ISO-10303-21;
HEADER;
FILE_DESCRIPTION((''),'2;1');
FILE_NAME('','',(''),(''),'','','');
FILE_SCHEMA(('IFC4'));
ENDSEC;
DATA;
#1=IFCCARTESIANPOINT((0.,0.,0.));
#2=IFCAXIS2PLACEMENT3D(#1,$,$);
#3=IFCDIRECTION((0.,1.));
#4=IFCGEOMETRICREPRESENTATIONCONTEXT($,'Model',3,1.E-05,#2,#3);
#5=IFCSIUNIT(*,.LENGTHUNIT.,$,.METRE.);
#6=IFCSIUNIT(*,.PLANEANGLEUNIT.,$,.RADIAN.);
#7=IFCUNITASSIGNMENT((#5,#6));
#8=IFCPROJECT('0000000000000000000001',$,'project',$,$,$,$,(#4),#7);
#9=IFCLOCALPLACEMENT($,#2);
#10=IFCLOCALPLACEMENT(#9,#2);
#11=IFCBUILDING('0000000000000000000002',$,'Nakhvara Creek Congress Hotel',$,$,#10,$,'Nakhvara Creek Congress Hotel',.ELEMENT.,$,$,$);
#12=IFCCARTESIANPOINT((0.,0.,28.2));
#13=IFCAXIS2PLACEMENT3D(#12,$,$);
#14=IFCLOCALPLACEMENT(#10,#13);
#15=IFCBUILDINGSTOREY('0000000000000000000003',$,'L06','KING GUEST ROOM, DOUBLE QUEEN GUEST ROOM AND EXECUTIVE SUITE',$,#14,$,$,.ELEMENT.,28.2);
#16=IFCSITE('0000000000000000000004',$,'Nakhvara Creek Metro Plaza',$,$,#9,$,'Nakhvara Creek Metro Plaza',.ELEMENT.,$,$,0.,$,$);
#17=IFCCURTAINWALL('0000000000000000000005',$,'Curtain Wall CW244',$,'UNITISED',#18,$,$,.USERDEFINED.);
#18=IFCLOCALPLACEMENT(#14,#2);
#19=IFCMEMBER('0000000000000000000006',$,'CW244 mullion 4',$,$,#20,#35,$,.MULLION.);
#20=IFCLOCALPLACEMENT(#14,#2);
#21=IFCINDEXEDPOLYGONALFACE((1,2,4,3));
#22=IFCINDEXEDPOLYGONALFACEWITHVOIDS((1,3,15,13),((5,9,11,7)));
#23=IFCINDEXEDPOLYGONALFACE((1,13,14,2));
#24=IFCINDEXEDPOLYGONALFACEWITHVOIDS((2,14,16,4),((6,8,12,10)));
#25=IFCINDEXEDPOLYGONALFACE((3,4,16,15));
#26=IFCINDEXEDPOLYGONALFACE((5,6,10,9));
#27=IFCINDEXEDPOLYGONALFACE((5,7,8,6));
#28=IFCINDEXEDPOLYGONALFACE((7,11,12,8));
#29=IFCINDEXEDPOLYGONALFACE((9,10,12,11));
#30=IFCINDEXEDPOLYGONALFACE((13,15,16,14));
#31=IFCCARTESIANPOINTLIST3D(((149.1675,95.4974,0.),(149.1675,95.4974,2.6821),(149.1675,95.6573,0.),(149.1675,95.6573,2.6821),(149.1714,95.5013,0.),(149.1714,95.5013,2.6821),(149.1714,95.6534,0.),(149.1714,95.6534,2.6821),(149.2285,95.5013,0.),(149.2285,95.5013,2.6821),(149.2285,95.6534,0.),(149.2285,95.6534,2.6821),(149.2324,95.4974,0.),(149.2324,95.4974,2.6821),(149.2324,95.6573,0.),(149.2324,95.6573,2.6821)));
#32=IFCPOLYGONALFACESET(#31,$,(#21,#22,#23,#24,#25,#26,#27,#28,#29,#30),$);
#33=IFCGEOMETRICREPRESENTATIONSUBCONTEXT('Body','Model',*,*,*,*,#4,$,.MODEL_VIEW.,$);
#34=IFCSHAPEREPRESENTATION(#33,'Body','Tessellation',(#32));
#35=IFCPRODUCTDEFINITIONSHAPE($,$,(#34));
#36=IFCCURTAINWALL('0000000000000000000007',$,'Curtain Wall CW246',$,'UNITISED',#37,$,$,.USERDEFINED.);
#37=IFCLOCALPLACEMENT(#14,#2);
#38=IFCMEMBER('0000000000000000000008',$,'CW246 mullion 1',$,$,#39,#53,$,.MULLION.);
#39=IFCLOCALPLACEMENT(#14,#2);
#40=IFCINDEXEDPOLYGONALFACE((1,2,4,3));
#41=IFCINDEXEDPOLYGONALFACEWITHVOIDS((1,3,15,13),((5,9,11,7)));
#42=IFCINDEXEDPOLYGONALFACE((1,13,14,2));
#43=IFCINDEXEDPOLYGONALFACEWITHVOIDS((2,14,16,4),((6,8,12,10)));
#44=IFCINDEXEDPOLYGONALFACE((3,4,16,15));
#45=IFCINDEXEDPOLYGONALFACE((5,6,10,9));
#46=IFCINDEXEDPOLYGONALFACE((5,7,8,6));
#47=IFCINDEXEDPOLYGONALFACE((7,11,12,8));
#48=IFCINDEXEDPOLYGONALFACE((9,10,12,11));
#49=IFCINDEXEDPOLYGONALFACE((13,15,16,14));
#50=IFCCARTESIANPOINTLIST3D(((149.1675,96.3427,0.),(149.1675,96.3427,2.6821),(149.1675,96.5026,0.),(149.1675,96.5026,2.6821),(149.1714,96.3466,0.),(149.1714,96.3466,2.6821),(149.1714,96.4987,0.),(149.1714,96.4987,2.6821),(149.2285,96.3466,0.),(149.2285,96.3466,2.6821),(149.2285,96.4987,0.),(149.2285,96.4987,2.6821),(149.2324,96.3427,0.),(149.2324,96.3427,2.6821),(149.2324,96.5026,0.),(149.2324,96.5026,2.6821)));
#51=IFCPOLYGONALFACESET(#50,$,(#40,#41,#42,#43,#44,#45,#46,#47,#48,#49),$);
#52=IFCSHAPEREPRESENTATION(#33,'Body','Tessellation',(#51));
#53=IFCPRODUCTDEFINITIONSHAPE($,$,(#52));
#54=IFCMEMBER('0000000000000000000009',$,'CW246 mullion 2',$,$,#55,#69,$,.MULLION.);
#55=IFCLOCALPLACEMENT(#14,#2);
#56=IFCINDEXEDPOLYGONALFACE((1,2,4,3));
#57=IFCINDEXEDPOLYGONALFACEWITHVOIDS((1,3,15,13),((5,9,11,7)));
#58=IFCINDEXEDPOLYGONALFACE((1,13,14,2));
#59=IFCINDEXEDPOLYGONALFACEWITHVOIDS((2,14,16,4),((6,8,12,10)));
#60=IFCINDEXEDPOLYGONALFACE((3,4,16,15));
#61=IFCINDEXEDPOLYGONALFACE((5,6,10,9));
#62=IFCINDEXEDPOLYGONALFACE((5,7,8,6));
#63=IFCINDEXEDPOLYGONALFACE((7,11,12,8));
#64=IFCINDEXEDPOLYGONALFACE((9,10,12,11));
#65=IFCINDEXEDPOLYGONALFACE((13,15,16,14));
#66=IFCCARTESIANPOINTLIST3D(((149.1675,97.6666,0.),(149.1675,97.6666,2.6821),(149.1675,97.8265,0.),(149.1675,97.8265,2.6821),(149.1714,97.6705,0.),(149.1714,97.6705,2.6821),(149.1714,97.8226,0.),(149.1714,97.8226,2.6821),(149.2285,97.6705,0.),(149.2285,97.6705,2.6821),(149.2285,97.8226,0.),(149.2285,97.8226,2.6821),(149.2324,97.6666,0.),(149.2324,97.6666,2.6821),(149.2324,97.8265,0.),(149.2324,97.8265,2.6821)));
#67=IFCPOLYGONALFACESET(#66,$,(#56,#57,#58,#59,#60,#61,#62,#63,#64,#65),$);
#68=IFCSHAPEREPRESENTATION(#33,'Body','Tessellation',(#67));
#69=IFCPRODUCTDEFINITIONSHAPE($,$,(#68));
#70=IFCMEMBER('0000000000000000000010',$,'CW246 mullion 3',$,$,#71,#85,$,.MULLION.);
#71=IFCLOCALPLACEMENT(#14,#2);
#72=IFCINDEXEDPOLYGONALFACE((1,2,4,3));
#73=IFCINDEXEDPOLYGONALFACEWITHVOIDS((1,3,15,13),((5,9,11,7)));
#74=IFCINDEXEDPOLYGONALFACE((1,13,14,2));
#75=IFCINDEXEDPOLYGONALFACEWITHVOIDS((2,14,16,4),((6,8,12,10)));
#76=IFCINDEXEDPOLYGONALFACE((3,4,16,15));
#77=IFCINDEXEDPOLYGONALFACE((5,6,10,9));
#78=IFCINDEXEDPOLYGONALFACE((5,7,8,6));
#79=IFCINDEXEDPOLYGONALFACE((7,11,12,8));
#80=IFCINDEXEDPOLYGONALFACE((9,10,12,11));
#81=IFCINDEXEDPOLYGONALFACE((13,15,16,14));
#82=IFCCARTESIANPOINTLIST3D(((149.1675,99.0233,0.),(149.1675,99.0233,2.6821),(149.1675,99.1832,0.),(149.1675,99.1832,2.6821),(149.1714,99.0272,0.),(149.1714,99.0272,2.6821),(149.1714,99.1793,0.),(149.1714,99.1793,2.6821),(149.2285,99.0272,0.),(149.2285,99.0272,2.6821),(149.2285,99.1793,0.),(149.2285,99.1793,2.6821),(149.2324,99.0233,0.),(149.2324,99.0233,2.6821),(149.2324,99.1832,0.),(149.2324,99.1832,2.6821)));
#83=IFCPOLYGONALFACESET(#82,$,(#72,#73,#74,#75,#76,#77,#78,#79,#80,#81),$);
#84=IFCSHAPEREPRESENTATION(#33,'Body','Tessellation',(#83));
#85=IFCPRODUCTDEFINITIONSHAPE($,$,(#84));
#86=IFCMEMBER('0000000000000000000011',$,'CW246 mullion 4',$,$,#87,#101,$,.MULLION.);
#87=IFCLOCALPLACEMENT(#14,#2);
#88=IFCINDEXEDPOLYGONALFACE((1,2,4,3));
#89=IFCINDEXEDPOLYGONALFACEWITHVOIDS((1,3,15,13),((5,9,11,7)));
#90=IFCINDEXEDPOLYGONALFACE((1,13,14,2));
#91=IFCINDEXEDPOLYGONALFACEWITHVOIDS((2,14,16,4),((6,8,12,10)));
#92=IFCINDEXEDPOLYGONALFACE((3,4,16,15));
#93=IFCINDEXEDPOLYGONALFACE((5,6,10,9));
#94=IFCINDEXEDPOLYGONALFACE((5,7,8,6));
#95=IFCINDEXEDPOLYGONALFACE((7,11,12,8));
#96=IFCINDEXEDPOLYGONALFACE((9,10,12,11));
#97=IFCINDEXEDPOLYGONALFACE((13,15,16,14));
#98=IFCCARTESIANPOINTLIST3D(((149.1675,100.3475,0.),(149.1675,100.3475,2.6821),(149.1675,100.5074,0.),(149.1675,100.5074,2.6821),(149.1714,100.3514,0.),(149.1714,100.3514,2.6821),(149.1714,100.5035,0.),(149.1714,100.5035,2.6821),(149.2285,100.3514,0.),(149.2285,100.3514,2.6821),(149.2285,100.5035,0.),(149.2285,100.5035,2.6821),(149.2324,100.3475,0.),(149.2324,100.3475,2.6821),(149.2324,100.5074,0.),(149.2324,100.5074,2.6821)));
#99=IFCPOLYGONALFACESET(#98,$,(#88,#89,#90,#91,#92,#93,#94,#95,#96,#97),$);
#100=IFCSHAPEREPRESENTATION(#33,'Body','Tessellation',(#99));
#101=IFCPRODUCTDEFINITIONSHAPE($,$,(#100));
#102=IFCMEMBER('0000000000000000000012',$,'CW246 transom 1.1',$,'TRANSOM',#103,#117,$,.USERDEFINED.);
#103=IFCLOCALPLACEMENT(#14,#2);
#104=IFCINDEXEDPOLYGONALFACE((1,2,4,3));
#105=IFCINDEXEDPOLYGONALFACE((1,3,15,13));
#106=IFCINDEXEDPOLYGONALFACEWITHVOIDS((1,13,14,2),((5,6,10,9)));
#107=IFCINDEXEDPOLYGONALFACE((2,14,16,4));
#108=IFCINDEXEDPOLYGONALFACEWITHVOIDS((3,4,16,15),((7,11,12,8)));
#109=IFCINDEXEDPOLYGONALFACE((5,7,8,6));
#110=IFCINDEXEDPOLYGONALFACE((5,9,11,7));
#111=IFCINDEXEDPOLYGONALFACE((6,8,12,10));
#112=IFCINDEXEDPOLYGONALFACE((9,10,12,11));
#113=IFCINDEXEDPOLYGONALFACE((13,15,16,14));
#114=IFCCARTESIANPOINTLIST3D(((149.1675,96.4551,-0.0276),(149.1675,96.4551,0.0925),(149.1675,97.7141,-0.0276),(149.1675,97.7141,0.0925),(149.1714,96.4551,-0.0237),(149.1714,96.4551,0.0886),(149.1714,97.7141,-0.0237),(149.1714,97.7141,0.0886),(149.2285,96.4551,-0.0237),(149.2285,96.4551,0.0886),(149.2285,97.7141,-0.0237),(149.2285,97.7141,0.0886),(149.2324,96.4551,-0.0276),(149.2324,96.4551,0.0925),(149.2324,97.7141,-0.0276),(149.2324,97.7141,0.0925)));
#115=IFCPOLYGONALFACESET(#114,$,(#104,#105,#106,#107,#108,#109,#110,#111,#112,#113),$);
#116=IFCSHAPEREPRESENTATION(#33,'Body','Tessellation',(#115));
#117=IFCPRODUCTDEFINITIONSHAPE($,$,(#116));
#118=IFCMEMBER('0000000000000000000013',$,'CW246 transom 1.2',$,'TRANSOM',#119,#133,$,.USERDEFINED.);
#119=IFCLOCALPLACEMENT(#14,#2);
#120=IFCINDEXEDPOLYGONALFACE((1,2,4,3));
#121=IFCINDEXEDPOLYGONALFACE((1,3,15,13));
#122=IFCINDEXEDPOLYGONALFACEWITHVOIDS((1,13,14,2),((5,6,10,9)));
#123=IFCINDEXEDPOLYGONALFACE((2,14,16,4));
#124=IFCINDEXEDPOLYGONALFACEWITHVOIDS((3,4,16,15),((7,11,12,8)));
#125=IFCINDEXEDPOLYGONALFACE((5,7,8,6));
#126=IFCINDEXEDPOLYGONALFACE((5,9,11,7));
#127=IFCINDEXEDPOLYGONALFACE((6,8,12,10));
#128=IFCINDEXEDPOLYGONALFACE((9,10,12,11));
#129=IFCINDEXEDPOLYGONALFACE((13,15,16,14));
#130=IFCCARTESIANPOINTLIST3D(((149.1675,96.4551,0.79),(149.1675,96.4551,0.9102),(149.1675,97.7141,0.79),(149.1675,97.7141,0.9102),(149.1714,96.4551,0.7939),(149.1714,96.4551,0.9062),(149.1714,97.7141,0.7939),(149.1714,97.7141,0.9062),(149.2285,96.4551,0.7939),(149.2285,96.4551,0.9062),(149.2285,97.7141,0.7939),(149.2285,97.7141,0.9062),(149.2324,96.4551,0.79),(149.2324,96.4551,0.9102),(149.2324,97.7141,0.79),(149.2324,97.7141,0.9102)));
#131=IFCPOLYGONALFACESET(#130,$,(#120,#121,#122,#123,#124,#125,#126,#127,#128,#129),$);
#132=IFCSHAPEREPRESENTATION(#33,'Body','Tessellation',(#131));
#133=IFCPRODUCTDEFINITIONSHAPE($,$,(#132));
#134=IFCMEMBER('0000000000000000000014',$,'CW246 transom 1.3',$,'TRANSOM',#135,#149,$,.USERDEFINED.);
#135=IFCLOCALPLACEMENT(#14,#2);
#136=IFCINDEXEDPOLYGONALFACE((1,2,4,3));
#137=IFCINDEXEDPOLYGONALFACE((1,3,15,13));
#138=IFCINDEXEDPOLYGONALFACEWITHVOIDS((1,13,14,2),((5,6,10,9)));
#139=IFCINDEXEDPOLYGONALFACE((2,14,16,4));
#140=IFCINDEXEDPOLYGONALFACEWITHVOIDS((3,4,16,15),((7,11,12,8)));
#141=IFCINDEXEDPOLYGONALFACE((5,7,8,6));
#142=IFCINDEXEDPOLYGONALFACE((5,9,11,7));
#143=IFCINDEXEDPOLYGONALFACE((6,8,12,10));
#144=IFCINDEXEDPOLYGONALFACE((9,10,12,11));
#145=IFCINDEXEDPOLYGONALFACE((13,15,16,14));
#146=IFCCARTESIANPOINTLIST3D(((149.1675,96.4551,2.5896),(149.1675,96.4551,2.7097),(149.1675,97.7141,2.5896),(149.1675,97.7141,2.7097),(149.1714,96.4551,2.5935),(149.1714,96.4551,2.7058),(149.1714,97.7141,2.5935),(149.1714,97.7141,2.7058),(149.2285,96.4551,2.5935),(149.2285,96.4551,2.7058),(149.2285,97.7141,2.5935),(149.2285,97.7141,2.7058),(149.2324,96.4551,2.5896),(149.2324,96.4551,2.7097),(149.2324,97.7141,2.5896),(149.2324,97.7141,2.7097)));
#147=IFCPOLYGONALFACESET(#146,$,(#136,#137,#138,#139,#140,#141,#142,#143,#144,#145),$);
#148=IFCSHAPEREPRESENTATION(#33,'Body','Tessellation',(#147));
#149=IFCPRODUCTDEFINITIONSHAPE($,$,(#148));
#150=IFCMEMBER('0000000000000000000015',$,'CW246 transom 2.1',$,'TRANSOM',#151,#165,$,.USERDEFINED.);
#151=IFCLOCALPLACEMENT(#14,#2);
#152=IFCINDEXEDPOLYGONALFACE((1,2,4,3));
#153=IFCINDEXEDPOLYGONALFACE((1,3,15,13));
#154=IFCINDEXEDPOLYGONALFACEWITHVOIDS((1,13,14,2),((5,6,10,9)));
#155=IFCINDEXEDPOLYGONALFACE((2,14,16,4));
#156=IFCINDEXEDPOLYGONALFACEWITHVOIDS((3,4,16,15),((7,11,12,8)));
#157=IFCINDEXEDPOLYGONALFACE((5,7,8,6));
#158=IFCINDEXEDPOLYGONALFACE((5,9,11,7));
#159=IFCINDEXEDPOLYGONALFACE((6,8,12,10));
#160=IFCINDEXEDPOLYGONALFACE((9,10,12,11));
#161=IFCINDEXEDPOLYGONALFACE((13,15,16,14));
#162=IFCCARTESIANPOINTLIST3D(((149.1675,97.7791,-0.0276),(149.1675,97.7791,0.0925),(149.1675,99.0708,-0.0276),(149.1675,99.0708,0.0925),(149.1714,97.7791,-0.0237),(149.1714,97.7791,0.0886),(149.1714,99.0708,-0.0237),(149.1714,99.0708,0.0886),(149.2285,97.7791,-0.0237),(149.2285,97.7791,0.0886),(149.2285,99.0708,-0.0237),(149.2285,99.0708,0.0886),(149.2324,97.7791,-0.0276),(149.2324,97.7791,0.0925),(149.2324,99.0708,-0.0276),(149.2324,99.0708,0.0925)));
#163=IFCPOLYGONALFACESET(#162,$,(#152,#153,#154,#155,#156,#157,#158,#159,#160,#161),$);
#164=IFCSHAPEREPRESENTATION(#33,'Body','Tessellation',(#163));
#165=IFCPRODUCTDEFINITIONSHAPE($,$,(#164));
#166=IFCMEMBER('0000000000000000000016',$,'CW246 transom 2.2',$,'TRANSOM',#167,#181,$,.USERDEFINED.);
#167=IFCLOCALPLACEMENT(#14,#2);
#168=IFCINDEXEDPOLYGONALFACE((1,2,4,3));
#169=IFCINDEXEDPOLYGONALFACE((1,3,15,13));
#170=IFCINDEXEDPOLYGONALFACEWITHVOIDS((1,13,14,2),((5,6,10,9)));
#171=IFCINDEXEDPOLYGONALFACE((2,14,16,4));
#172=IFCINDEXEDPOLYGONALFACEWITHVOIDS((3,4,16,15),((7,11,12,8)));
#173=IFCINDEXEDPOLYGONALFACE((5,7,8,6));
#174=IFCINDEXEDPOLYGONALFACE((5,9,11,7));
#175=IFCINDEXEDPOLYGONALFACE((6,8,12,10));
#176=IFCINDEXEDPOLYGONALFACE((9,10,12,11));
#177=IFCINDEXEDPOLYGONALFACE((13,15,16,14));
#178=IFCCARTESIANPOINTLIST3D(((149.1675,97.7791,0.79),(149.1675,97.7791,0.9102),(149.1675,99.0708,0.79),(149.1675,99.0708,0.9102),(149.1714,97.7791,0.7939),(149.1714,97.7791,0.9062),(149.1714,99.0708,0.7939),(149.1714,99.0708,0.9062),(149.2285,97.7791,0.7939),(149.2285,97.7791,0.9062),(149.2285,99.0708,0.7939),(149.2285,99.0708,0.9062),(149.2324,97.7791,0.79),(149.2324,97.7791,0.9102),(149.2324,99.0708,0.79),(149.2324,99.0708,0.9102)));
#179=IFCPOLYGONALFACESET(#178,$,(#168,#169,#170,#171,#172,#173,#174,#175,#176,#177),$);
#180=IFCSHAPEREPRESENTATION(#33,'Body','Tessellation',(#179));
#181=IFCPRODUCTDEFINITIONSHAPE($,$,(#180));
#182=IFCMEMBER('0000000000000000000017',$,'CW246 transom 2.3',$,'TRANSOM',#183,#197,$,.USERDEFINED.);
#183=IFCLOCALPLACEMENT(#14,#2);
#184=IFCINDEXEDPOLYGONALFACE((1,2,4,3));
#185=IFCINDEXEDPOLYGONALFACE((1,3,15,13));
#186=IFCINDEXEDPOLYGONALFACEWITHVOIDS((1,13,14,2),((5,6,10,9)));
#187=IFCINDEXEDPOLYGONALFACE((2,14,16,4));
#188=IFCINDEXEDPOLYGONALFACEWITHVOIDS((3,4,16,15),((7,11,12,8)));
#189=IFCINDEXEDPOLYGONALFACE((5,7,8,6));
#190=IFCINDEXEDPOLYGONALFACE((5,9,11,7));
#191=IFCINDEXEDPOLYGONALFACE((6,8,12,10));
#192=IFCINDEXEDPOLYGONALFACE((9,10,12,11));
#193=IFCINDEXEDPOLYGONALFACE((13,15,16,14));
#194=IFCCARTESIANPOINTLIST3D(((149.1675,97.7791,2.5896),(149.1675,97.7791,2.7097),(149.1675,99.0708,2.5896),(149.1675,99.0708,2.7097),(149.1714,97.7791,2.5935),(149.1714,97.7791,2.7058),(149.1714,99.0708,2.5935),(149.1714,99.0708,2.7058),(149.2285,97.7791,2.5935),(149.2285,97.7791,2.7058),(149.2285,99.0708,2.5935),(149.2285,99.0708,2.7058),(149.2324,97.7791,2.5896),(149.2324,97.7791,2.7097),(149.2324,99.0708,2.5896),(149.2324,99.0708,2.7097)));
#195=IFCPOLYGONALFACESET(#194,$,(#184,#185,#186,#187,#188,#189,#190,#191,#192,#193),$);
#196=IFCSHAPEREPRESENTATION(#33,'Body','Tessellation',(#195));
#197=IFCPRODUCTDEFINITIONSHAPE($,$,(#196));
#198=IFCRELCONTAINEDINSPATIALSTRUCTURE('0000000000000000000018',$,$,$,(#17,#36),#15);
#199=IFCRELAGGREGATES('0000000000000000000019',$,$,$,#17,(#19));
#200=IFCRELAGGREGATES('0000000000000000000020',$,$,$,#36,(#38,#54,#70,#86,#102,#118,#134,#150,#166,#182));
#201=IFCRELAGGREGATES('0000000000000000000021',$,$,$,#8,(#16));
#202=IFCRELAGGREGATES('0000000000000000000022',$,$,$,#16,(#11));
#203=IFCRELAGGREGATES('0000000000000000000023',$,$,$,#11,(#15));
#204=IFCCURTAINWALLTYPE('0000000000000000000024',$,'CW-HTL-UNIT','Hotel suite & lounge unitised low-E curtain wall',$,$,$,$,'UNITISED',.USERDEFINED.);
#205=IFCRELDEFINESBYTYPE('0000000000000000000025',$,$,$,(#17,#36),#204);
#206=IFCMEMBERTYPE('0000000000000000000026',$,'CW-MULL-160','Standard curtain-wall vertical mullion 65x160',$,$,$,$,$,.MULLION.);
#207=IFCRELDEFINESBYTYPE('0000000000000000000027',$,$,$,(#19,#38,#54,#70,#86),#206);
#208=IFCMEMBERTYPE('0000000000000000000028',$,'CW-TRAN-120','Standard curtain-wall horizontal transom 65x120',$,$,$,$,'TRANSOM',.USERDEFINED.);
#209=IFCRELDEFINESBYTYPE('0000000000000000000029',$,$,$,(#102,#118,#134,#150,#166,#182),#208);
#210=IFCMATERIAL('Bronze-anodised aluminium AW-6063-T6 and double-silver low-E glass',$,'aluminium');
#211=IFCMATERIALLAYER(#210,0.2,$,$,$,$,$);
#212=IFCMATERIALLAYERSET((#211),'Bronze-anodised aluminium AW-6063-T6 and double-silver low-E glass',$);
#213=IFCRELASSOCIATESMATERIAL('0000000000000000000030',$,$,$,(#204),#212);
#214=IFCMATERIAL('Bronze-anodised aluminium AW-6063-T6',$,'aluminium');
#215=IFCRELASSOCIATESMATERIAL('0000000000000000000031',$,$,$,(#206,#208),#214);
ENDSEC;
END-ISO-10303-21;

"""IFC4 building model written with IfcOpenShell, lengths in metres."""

from ifc_helpers import new_model, si_unit, direction, frame, origin, origin_2d, place, context, subcontext, project, spatial, hollow_rectangle, extrude, material, layer, layer_set, material_profile, profile_set, type_object, element, aggregate, save


model = new_model("IFC4")

# Units and contexts
model_context = context("Model", 3, precision=1e-05, world=origin(), true_north=direction((0.0, 1.0)))
body_context = subcontext(model_context, "Body", "Model", "MODEL_VIEW")
ifc_project = project(units=[si_unit("LENGTHUNIT", "METRE"), si_unit("PLANEANGLEUNIT", "RADIAN")], contexts=[model_context])

# Site, building, storey
site_placement = place(None, origin())
site = spatial("IfcSite", under=ifc_project, at=site_placement, Name="Nakhvara Creek Metro Plaza", LongName="Nakhvara Creek Metro Plaza", CompositionType="ELEMENT", RefElevation=0.0)
building_placement = place(site_placement, origin())
building = spatial("IfcBuilding", under=site, at=building_placement, Name="Nakhvara Creek Congress Hotel", LongName="Nakhvara Creek Congress Hotel", CompositionType="ELEMENT")
storey_placement = place(building_placement, frame((0.0, 0.0, 28.2)))
storey = spatial("IfcBuildingStorey", under=building, at=storey_placement, Name="L06", Description="KING GUEST ROOM, DOUBLE QUEEN GUEST ROOM AND EXECUTIVE SUITE", CompositionType="ELEMENT", Elevation=28.2)

# Curtain wall, member
ifc_material_1 = material(Name="Bronze-anodised aluminium AW-6063-T6 and double-silver low-E glass", Category="aluminium")
ifc_layer_1 = layer(ifc_material_1, 0.2)
ifc_layer_set_1 = layer_set([ifc_layer_1], Name="Bronze-anodised aluminium AW-6063-T6 and double-silver low-E glass")
curtain_wall_type = type_object("IfcCurtainWallType", Name="CW-HTL-UNIT", Description="Hotel suite & lounge unitised low-E curtain wall", ElementType="UNITISED", PredefinedType="USERDEFINED", material=ifc_layer_set_1)
curtain_wall_1_placement = place(storey_placement, origin())
curtain_wall_1 = element("IfcCurtainWall", 1, at=curtain_wall_1_placement, inside=storey, type_object=curtain_wall_type, Name="Curtain Wall CW244", ObjectType="UNITISED", PredefinedType="USERDEFINED")
ifc_material_2 = material(Name="Bronze-anodised aluminium AW-6063-T6", Category="aluminium")
ifc_material_profile_1 = material_profile(ifc_material_2, hollow_rectangle(XDim=0.0649, YDim=0.1599, WallThickness=0.0039, at=origin_2d()), Name="ALU-MULL 65x160x4", Category="LoadBearing")
ifc_profile_set_1 = profile_set([ifc_material_profile_1], Name="Bronze-anodised aluminium AW-6063-T6")
member_type_1 = type_object("IfcMemberType", Name="CW-MULL-160", Description="Standard curtain-wall vertical mullion 65x160", PredefinedType="MULLION", material=ifc_profile_set_1)
member_1_placement = place(storey_placement, frame((149.2, 95.5774, 0.0), z_axis=(0.0, 0.0, 1.0), x_axis=(-1.0, 0.0, 0.0)))
member_1 = element("IfcMember", 2, at=member_1_placement, type_object=member_type_1, Name="CW244 mullion 4", PredefinedType="MULLION", context=body_context, shape_type="SweptSolid", body=[
    extrude(hollow_rectangle(XDim=0.0649, YDim=0.1599, WallThickness=0.0039, at=origin_2d()), origin(), (0.0, 0.0, 1.0), 2.6821),
])
aggregate(curtain_wall_1, [member_1])

# Curtain wall, members
curtain_wall_2_placement = place(storey_placement, origin())
curtain_wall_2 = element("IfcCurtainWall", 3, at=curtain_wall_2_placement, inside=storey, type_object=curtain_wall_type, Name="Curtain Wall CW246", ObjectType="UNITISED", PredefinedType="USERDEFINED")
member_2_placement = place(storey_placement, frame((149.2, 96.4226, 0.0), z_axis=(0.0, 0.0, 1.0), x_axis=(-1.0, 0.0, 0.0)))
member_2 = element("IfcMember", 4, at=member_2_placement, type_object=member_type_1, Name="CW246 mullion 1", PredefinedType="MULLION", context=body_context, shape_type="SweptSolid", body=[
    extrude(hollow_rectangle(XDim=0.0649, YDim=0.1599, WallThickness=0.0039, at=origin_2d()), origin(), (0.0, 0.0, 1.0), 2.6821),
])
member_3_placement = place(storey_placement, frame((149.2, 97.7466, 0.0), z_axis=(0.0, 0.0, 1.0), x_axis=(-1.0, 0.0, 0.0)))
member_3 = element("IfcMember", 5, at=member_3_placement, type_object=member_type_1, Name="CW246 mullion 2", PredefinedType="MULLION", context=body_context, shape_type="SweptSolid", body=[
    extrude(hollow_rectangle(XDim=0.0649, YDim=0.1599, WallThickness=0.0039, at=origin_2d()), origin(), (0.0, 0.0, 1.0), 2.6821),
])
member_4_placement = place(storey_placement, frame((149.2, 99.1033, 0.0), z_axis=(0.0, 0.0, 1.0), x_axis=(-1.0, 0.0, 0.0)))
member_4 = element("IfcMember", 6, at=member_4_placement, type_object=member_type_1, Name="CW246 mullion 3", PredefinedType="MULLION", context=body_context, shape_type="SweptSolid", body=[
    extrude(hollow_rectangle(XDim=0.0649, YDim=0.1599, WallThickness=0.0039, at=origin_2d()), origin(), (0.0, 0.0, 1.0), 2.6821),
])
member_5_placement = place(storey_placement, frame((149.2, 100.4275, 0.0), z_axis=(0.0, 0.0, 1.0), x_axis=(-1.0, 0.0, 0.0)))
member_5 = element("IfcMember", 7, at=member_5_placement, type_object=member_type_1, Name="CW246 mullion 4", PredefinedType="MULLION", context=body_context, shape_type="SweptSolid", body=[
    extrude(hollow_rectangle(XDim=0.0649, YDim=0.1599, WallThickness=0.0039, at=origin_2d()), origin(), (0.0, 0.0, 1.0), 2.6821),
])
ifc_material_profile_2 = material_profile(ifc_material_2, hollow_rectangle(XDim=0.0649, YDim=0.1201, WallThickness=0.0039, at=origin_2d()), Name="ALU-TRAN 65x120x4", Category="LoadBearing")
ifc_profile_set_2 = profile_set([ifc_material_profile_2], Name="Bronze-anodised aluminium AW-6063-T6")
member_type_2 = type_object("IfcMemberType", Name="CW-TRAN-120", Description="Standard curtain-wall horizontal transom 65x120", ElementType="TRANSOM", PredefinedType="USERDEFINED", material=ifc_profile_set_2)
member_6_placement = place(storey_placement, frame((149.2, 96.4551, 0.0325), z_axis=(0.0, 1.0, 0.0), x_axis=(-1.0, 0.0, 0.0)))
member_6 = element("IfcMember", 8, at=member_6_placement, type_object=member_type_2, Name="CW246 transom 1.1", ObjectType="TRANSOM", PredefinedType="USERDEFINED", context=body_context, shape_type="SweptSolid", body=[
    extrude(hollow_rectangle(XDim=0.0649, YDim=0.1201, WallThickness=0.0039, at=origin_2d()), origin(), (0.0, 0.0, 1.0), 1.259),
])
member_7_placement = place(storey_placement, frame((149.2, 96.4551, 0.8501), z_axis=(0.0, 1.0, 0.0), x_axis=(-1.0, 0.0, 0.0)))
member_7 = element("IfcMember", 9, at=member_7_placement, type_object=member_type_2, Name="CW246 transom 1.2", ObjectType="TRANSOM", PredefinedType="USERDEFINED", context=body_context, shape_type="SweptSolid", body=[
    extrude(hollow_rectangle(XDim=0.0649, YDim=0.1201, WallThickness=0.0039, at=origin_2d()), origin(), (0.0, 0.0, 1.0), 1.259),
])
member_8_placement = place(storey_placement, frame((149.2, 96.4551, 2.6497), z_axis=(0.0, 1.0, 0.0), x_axis=(-1.0, 0.0, 0.0)))
member_8 = element("IfcMember", 10, at=member_8_placement, type_object=member_type_2, Name="CW246 transom 1.3", ObjectType="TRANSOM", PredefinedType="USERDEFINED", context=body_context, shape_type="SweptSolid", body=[
    extrude(hollow_rectangle(XDim=0.0649, YDim=0.1201, WallThickness=0.0039, at=origin_2d()), origin(), (0.0, 0.0, 1.0), 1.259),
])
member_9_placement = place(storey_placement, frame((149.2, 97.7791, 0.0325), z_axis=(0.0, 1.0, 0.0), x_axis=(-1.0, 0.0, 0.0)))
member_9 = element("IfcMember", 11, at=member_9_placement, type_object=member_type_2, Name="CW246 transom 2.1", ObjectType="TRANSOM", PredefinedType="USERDEFINED", context=body_context, shape_type="SweptSolid", body=[
    extrude(hollow_rectangle(XDim=0.0649, YDim=0.1201, WallThickness=0.0039, at=origin_2d()), origin(), (0.0, 0.0, 1.0), 1.2917),
])
member_10_placement = place(storey_placement, frame((149.2, 97.7791, 0.8501), z_axis=(0.0, 1.0, 0.0), x_axis=(-1.0, 0.0, 0.0)))
member_10 = element("IfcMember", 12, at=member_10_placement, type_object=member_type_2, Name="CW246 transom 2.2", ObjectType="TRANSOM", PredefinedType="USERDEFINED", context=body_context, shape_type="SweptSolid", body=[
    extrude(hollow_rectangle(XDim=0.0649, YDim=0.1201, WallThickness=0.0039, at=origin_2d()), origin(), (0.0, 0.0, 1.0), 1.2917),
])
member_11_placement = place(storey_placement, frame((149.2, 97.7791, 2.6497), z_axis=(0.0, 1.0, 0.0), x_axis=(-1.0, 0.0, 0.0)))
member_11 = element("IfcMember", 13, at=member_11_placement, type_object=member_type_2, Name="CW246 transom 2.3", ObjectType="TRANSOM", PredefinedType="USERDEFINED", context=body_context, shape_type="SweptSolid", body=[
    extrude(hollow_rectangle(XDim=0.0649, YDim=0.1201, WallThickness=0.0039, at=origin_2d()), origin(), (0.0, 0.0, 1.0), 1.2917),
])
aggregate(curtain_wall_2, [member_2, member_3, member_4, member_5, member_6, member_7, member_8, member_9, member_10, member_11])

save(model, "model.ifc")
